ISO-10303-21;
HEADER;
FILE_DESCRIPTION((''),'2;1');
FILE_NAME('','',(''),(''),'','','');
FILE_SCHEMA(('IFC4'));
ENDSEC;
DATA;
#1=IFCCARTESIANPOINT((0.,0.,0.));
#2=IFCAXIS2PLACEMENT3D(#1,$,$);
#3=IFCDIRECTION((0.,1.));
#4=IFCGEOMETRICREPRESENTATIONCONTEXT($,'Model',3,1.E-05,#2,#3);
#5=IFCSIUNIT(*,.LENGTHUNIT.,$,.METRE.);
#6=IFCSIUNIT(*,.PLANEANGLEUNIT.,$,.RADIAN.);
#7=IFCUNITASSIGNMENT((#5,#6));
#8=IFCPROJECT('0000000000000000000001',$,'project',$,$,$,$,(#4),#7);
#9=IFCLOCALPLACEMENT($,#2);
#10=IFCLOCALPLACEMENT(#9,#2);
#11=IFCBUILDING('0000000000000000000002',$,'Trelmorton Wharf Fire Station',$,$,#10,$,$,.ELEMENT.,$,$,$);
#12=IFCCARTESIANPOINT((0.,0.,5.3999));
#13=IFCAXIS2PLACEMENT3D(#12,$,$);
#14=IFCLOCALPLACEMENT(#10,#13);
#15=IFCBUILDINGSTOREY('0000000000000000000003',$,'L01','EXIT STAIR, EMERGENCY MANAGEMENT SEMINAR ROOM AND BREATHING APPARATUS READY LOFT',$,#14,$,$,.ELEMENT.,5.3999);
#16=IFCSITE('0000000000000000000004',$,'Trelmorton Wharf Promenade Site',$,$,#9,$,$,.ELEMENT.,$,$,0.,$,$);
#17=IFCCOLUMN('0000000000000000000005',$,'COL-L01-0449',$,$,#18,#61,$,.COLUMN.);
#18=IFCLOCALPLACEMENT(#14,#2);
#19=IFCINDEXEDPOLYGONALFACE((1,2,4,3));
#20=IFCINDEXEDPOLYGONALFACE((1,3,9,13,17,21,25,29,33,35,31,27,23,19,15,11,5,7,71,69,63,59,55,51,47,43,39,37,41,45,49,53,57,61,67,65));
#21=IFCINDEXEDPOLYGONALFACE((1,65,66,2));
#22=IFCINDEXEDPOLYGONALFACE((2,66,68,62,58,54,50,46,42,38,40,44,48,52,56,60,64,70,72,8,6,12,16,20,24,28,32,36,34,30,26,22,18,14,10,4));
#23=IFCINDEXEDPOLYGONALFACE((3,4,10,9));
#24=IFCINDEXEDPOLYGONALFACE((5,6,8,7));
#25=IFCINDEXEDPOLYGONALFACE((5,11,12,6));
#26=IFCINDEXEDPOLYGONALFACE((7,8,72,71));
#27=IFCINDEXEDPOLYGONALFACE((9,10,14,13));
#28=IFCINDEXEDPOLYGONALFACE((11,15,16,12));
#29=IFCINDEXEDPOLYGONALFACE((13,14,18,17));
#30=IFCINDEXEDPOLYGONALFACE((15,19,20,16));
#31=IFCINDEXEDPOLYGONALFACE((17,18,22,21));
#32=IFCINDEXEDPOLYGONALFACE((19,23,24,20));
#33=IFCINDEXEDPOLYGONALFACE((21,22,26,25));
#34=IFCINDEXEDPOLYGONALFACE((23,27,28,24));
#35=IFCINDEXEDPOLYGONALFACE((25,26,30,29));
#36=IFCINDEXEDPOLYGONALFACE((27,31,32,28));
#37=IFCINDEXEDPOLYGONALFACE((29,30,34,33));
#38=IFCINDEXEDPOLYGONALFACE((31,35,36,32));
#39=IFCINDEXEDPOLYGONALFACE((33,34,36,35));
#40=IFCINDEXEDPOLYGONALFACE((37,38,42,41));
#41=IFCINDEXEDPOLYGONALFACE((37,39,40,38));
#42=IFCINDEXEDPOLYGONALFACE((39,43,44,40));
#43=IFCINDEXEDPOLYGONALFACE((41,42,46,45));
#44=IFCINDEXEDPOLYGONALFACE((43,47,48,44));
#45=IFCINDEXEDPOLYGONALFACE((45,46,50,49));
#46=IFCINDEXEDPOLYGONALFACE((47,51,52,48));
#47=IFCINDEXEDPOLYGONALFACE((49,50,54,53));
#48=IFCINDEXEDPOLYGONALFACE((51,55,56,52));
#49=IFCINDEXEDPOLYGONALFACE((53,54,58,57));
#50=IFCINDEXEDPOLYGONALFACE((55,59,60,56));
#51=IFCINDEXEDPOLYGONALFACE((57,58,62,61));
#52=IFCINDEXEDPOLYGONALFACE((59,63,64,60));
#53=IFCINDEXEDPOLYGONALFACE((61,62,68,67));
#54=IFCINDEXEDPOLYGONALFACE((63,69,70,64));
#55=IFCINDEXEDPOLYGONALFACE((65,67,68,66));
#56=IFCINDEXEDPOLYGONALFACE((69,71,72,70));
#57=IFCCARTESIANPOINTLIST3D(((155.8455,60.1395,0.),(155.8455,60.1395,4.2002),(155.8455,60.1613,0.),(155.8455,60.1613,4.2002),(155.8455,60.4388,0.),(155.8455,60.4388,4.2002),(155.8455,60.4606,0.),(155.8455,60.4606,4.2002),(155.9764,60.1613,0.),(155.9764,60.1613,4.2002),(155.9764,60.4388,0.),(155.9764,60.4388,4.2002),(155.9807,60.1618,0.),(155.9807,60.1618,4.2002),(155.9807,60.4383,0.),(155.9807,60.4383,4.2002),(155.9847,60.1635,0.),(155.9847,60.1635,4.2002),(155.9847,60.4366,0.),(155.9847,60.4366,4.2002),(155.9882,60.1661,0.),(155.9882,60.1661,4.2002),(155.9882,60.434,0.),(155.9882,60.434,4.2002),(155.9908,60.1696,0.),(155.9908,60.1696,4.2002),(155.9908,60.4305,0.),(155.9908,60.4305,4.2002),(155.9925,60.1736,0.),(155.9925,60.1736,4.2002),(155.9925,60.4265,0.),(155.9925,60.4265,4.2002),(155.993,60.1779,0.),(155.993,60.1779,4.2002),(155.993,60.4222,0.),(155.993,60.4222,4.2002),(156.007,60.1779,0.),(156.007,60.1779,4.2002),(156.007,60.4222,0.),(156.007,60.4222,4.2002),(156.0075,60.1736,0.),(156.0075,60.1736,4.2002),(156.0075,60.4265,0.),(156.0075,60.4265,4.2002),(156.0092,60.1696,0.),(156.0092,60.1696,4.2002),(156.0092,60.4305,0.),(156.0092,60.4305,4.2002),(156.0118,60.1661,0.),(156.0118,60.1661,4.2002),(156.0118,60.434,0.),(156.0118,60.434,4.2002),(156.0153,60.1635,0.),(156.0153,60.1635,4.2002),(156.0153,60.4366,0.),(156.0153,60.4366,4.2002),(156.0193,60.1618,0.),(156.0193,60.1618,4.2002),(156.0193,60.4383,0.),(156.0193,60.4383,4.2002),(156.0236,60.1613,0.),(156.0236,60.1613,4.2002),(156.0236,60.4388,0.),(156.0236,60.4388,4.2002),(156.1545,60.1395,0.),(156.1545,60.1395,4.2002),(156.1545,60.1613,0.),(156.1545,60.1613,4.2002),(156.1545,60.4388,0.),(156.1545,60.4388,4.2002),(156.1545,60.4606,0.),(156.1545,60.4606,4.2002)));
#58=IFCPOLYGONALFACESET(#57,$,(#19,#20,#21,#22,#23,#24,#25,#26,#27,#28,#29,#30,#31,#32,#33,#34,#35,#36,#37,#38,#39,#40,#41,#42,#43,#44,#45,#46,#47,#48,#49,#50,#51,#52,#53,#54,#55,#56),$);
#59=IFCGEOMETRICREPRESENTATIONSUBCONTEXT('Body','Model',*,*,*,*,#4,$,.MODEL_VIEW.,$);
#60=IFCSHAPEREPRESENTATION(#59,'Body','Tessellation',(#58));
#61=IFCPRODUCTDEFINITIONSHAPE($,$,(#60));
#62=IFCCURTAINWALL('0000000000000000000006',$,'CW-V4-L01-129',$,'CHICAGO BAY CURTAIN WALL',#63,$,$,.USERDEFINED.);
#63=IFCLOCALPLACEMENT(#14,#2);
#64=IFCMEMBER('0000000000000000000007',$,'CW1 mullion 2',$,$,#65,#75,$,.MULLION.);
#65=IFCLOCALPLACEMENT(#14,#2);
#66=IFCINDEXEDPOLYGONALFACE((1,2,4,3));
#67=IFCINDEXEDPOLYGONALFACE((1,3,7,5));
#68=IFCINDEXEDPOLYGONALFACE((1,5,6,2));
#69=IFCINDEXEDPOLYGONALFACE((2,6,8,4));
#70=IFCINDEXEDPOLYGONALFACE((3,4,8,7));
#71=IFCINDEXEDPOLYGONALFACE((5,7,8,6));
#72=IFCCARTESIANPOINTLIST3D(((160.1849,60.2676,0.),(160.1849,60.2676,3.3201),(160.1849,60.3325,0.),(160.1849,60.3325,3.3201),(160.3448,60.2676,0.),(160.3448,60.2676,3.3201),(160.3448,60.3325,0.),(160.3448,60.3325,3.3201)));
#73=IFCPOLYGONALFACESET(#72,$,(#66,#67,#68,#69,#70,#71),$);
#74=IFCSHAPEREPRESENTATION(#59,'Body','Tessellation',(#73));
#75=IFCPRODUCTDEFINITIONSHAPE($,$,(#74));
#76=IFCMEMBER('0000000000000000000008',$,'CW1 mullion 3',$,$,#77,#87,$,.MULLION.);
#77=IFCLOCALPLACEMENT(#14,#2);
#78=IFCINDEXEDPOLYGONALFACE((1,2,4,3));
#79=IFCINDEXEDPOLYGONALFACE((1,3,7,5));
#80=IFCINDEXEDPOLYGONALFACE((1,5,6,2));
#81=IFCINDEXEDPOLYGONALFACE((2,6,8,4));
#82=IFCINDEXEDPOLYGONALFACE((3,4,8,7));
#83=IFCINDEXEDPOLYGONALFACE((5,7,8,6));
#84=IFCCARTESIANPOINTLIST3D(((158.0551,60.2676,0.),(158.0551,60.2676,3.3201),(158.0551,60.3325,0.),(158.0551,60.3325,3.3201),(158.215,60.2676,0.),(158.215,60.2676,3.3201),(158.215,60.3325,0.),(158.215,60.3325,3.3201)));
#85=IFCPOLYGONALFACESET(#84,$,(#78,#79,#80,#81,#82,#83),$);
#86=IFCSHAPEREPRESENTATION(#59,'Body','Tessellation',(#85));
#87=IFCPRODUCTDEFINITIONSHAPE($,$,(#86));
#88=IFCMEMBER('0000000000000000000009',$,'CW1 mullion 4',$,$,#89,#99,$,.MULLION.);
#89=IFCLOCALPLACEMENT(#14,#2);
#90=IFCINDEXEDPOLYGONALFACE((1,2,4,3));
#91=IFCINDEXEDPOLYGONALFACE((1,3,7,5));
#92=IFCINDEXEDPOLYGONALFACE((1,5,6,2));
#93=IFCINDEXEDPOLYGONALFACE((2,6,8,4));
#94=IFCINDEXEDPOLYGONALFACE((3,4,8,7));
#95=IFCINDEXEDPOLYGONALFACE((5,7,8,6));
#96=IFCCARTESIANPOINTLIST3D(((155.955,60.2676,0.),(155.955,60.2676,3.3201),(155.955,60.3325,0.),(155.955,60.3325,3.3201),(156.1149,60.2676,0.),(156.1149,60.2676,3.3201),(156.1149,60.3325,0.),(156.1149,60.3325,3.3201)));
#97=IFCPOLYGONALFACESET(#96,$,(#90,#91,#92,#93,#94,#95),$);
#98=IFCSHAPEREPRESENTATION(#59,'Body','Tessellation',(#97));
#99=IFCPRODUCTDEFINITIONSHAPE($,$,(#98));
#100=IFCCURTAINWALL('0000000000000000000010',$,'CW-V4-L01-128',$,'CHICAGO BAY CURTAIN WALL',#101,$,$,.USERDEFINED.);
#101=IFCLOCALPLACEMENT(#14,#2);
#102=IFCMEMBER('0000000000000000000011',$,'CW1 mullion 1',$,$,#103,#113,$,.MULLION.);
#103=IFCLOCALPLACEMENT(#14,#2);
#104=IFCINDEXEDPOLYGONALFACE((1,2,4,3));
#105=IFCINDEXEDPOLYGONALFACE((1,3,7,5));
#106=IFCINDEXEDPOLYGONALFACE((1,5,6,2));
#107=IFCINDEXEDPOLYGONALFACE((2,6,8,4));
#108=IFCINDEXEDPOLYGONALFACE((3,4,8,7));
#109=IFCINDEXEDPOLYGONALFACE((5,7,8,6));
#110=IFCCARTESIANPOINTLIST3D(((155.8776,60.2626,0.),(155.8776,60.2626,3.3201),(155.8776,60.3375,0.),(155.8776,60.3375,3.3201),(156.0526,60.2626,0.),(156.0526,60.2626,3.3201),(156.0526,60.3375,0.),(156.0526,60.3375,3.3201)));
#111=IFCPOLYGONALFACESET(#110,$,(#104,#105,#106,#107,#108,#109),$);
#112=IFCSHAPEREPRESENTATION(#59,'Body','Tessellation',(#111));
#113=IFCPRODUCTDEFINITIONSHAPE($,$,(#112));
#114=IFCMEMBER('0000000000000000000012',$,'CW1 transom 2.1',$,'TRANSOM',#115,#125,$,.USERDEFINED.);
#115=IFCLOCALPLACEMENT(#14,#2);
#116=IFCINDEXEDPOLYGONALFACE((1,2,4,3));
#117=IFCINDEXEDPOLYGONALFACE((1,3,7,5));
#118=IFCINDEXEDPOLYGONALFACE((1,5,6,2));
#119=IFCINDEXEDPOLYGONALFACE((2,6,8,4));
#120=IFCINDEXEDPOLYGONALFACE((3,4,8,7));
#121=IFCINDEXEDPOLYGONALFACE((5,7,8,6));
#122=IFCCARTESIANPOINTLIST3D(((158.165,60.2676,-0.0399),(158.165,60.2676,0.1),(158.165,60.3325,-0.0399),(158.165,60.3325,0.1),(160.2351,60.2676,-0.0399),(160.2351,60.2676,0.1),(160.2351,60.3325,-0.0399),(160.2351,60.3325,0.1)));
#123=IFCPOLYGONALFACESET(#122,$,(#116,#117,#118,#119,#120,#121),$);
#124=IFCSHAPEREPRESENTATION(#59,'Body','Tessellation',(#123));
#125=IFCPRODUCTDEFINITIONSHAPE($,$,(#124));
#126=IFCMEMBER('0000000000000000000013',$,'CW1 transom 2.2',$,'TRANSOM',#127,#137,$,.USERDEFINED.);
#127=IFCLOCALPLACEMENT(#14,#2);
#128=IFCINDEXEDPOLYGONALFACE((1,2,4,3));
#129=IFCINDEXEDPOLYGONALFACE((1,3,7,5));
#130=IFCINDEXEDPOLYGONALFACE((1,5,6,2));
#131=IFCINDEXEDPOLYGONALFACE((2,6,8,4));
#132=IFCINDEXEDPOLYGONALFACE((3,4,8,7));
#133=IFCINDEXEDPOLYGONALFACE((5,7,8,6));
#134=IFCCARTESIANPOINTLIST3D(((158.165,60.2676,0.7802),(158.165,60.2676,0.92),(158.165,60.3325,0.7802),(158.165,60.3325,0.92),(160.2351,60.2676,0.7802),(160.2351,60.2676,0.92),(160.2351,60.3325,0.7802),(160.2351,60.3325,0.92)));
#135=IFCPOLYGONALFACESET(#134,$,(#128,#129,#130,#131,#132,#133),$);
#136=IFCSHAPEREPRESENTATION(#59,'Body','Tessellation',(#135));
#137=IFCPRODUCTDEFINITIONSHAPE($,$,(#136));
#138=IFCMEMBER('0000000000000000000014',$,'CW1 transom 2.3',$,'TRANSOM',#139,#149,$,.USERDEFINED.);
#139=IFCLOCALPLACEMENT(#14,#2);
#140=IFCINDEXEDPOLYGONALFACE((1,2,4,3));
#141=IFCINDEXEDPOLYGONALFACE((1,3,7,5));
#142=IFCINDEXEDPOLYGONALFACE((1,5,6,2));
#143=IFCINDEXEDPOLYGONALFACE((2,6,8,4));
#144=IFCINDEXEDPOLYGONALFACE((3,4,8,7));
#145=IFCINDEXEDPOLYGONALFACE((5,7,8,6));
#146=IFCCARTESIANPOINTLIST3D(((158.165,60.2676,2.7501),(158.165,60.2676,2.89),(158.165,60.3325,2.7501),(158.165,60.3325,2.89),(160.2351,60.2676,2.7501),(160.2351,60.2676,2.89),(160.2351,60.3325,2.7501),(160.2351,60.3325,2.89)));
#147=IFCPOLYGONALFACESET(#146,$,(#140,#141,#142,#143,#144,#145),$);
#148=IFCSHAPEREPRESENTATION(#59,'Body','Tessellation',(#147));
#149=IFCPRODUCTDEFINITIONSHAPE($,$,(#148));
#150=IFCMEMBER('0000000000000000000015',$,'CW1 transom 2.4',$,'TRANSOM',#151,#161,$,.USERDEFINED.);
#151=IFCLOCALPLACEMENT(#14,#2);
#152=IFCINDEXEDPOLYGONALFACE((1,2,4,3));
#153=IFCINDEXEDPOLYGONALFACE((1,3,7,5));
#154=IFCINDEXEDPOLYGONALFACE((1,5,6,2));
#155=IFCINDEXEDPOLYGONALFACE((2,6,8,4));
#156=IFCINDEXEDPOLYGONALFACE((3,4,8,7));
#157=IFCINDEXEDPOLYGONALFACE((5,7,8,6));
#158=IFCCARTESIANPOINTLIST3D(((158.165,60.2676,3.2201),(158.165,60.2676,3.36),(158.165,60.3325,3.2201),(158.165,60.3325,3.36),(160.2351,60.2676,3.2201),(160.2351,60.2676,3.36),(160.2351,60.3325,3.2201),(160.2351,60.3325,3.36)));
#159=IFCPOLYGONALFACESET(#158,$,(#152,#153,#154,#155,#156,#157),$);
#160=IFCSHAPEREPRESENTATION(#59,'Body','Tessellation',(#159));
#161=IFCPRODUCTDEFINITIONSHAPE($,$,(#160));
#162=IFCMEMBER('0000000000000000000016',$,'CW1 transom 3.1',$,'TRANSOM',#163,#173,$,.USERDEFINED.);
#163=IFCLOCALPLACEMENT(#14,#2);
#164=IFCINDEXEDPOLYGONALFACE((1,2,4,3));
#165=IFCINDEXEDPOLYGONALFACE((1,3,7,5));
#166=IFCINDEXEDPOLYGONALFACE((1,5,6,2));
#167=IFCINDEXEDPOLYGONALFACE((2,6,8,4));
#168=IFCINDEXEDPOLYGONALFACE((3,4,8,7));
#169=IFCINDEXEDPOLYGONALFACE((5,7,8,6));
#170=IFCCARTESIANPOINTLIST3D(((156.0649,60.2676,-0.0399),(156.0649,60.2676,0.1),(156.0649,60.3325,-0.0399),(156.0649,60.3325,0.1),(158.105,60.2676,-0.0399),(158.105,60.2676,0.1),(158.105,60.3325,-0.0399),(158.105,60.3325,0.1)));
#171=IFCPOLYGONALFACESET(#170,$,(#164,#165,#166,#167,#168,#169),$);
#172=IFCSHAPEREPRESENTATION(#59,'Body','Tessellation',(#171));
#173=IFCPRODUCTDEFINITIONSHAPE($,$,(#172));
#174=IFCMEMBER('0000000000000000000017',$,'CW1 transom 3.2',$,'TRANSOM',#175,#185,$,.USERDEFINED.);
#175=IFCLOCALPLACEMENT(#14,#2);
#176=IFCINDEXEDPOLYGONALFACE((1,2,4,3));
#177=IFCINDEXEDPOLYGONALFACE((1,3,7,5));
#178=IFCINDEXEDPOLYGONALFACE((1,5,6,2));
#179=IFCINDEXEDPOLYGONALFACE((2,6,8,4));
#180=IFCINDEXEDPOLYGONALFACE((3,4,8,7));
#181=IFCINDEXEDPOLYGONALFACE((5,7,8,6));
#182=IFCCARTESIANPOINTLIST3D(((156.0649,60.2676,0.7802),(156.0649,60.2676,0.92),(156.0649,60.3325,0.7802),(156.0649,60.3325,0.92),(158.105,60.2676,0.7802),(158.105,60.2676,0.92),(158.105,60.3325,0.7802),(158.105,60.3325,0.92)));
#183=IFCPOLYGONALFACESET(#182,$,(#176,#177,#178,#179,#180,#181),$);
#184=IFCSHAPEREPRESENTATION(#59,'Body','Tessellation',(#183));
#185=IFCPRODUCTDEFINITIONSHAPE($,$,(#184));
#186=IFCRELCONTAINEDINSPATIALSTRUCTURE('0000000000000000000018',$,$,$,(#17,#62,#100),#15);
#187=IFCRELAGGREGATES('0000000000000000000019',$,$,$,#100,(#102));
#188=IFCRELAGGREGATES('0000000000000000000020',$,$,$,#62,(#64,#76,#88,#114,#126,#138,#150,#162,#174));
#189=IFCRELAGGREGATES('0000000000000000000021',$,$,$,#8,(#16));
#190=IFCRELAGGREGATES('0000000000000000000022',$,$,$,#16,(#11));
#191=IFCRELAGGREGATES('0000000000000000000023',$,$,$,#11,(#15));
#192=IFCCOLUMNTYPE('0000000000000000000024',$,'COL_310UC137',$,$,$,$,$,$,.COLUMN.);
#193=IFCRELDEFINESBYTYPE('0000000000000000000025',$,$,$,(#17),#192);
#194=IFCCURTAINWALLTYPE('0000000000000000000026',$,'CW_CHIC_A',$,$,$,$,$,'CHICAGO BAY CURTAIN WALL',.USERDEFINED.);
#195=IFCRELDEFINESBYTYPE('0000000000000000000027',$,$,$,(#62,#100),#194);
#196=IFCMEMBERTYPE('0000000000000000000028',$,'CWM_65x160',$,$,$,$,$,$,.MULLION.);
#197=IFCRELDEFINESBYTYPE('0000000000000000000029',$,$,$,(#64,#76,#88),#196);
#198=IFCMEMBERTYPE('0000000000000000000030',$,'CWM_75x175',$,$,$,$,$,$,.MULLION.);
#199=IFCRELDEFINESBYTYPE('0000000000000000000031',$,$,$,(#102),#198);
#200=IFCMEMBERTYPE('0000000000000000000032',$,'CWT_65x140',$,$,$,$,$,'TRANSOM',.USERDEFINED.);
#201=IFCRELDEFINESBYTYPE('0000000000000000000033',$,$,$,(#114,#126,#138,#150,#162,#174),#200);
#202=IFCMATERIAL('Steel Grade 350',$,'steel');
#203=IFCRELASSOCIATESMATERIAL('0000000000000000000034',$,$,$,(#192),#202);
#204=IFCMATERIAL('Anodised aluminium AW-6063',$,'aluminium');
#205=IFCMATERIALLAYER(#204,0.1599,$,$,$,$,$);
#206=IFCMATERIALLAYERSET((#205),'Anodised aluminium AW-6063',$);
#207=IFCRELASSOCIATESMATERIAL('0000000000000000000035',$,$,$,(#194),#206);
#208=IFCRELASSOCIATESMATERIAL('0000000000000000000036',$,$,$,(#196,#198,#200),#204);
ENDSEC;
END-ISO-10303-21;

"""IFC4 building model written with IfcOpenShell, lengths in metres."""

from ifc_helpers import new_model, si_unit, direction, frame, origin, origin_2d, place, context, subcontext, project, spatial, rectangle, i_section, extrude, material, layer, layer_set, material_profile, profile_set, type_object, element, aggregate, save


model = new_model("IFC4")

# Units and contexts
model_context = context("Model", 3, precision=1e-05, world=origin(), true_north=direction((0.0, 1.0)))
body_context = subcontext(model_context, "Body", "Model", "MODEL_VIEW")
ifc_project = project(units=[si_unit("LENGTHUNIT", "METRE"), si_unit("PLANEANGLEUNIT", "RADIAN")], contexts=[model_context])

# Site, building, storey
site_placement = place(None, origin())
site = spatial("IfcSite", under=ifc_project, at=site_placement, Name="Trelmorton Wharf Promenade Site", CompositionType="ELEMENT", RefElevation=0.0)
building_placement = place(site_placement, origin())
building = spatial("IfcBuilding", under=site, at=building_placement, Name="Trelmorton Wharf Fire Station", CompositionType="ELEMENT")
storey_placement = place(building_placement, frame((0.0, 0.0, 5.3999)))
storey = spatial("IfcBuildingStorey", under=building, at=storey_placement, Name="L01", Description="EXIT STAIR, EMERGENCY MANAGEMENT SEMINAR ROOM AND BREATHING APPARATUS READY LOFT", CompositionType="ELEMENT", Elevation=5.3999)

# Column
ifc_material_1 = material(Name="Steel Grade 350", Category="steel")
ifc_material_profile_1 = material_profile(ifc_material_1, i_section(OverallWidth=0.3091, OverallDepth=0.321, WebThickness=0.0139, FlangeThickness=0.0217, FilletRadius=0.0166, at=origin_2d()), Name="310UC137")
ifc_profile_set_1 = profile_set([ifc_material_profile_1], Name="Steel Grade 350")
column_type = type_object("IfcColumnType", Name="COL_310UC137", PredefinedType="COLUMN", material=ifc_profile_set_1)
column_placement = place(storey_placement, frame((156.0, 60.3, 0.0), z_axis=(0.0, 0.0, 1.0), x_axis=(1.0, 0.0, 0.0)))
element("IfcColumn", 1, at=column_placement, inside=storey, type_object=column_type, Name="COL-L01-0449", PredefinedType="COLUMN", context=body_context, shape_type="SweptSolid", body=[
    extrude(i_section(OverallWidth=0.3091, OverallDepth=0.321, WebThickness=0.0139, FlangeThickness=0.0217, FilletRadius=0.0166, at=origin_2d()), origin(), (0.0, 0.0, 1.0), 4.2002),
])

# Curtain wall, members
ifc_material_2 = material(Name="Anodised aluminium AW-6063", Category="aluminium")
ifc_layer_1 = layer(ifc_material_2, 0.1599)
ifc_layer_set_1 = layer_set([ifc_layer_1], Name="Anodised aluminium AW-6063")
curtain_wall_type = type_object("IfcCurtainWallType", Name="CW_CHIC_A", ElementType="CHICAGO BAY CURTAIN WALL", PredefinedType="USERDEFINED", material=ifc_layer_set_1)
curtain_wall_1_placement = place(storey_placement, origin())
curtain_wall_1 = element("IfcCurtainWall", 2, at=curtain_wall_1_placement, inside=storey, type_object=curtain_wall_type, Name="CW-V4-L01-129", ObjectType="CHICAGO BAY CURTAIN WALL", PredefinedType="USERDEFINED")
ifc_material_profile_2 = material_profile(ifc_material_2, rectangle(XDim=0.0649, YDim=0.1599, at=origin_2d()), Name="ALU-65x160")
ifc_profile_set_2 = profile_set([ifc_material_profile_2], Name="Anodised aluminium AW-6063")
member_type_1 = type_object("IfcMemberType", Name="CWM_65x160", PredefinedType="MULLION", material=ifc_profile_set_2)
member_1_placement = place(storey_placement, frame((160.2649, 60.3, 0.0), z_axis=(0.0, 0.0, 1.0), x_axis=(0.0, -1.0, 0.0)))
member_1 = element("IfcMember", 3, at=member_1_placement, type_object=member_type_1, Name="CW1 mullion 2", PredefinedType="MULLION", context=body_context, shape_type="SweptSolid", body=[
    extrude(rectangle(XDim=0.0649, YDim=0.1599, at=origin_2d()), origin(), (0.0, 0.0, 1.0), 3.3201),
])
member_2_placement = place(storey_placement, frame((158.135, 60.3, 0.0), z_axis=(0.0, 0.0, 1.0), x_axis=(0.0, -1.0, 0.0)))
member_2 = element("IfcMember", 4, at=member_2_placement, type_object=member_type_1, Name="CW1 mullion 3", PredefinedType="MULLION", context=body_context, shape_type="SweptSolid", body=[
    extrude(rectangle(XDim=0.0649, YDim=0.1599, at=origin_2d()), origin(), (0.0, 0.0, 1.0), 3.3201),
])
member_3_placement = place(storey_placement, frame((156.0349, 60.3, 0.0), z_axis=(0.0, 0.0, 1.0), x_axis=(0.0, -1.0, 0.0)))
member_3 = element("IfcMember", 5, at=member_3_placement, type_object=member_type_1, Name="CW1 mullion 4", PredefinedType="MULLION", context=body_context, shape_type="SweptSolid", body=[
    extrude(rectangle(XDim=0.0649, YDim=0.1599, at=origin_2d()), origin(), (0.0, 0.0, 1.0), 3.3201),
])

# Curtain wall, member
curtain_wall_2_placement = place(storey_placement, origin())
curtain_wall_2 = element("IfcCurtainWall", 6, at=curtain_wall_2_placement, inside=storey, type_object=curtain_wall_type, Name="CW-V4-L01-128", ObjectType="CHICAGO BAY CURTAIN WALL", PredefinedType="USERDEFINED")
ifc_material_profile_3 = material_profile(ifc_material_2, rectangle(XDim=0.075, YDim=0.175, at=origin_2d()), Name="ALU-75x175")
ifc_profile_set_3 = profile_set([ifc_material_profile_3], Name="Anodised aluminium AW-6063")
member_type_2 = type_object("IfcMemberType", Name="CWM_75x175", PredefinedType="MULLION", material=ifc_profile_set_3)
member_4_placement = place(storey_placement, frame((155.9651, 60.3, 0.0), z_axis=(0.0, 0.0, 1.0), x_axis=(0.0, -1.0, 0.0)))
member_4 = element("IfcMember", 7, at=member_4_placement, type_object=member_type_2, Name="CW1 mullion 1", PredefinedType="MULLION", context=body_context, shape_type="SweptSolid", body=[
    extrude(rectangle(XDim=0.075, YDim=0.175, at=origin_2d()), origin(), (0.0, 0.0, 1.0), 3.3201),
])

# Members
ifc_material_profile_4 = material_profile(ifc_material_2, rectangle(XDim=0.0649, YDim=0.1399, at=origin_2d()), Name="ALU-65x140")
ifc_profile_set_4 = profile_set([ifc_material_profile_4], Name="Anodised aluminium AW-6063")
member_type_3 = type_object("IfcMemberType", Name="CWT_65x140", ElementType="TRANSOM", PredefinedType="USERDEFINED", material=ifc_profile_set_4)
member_5_placement = place(storey_placement, frame((160.2351, 60.3, 0.03), z_axis=(-1.0, 0.0, 0.0), x_axis=(0.0, -1.0, 0.0)))
member_5 = element("IfcMember", 8, at=member_5_placement, type_object=member_type_3, Name="CW1 transom 2.1", ObjectType="TRANSOM", PredefinedType="USERDEFINED", context=body_context, shape_type="SweptSolid", body=[
    extrude(rectangle(XDim=0.0649, YDim=0.1399, at=origin_2d()), origin(), (0.0, 0.0, 1.0), 2.0701),
])
member_6_placement = place(storey_placement, frame((160.2351, 60.3, 0.8501), z_axis=(-1.0, 0.0, 0.0), x_axis=(0.0, -1.0, 0.0)))
member_6 = element("IfcMember", 9, at=member_6_placement, type_object=member_type_3, Name="CW1 transom 2.2", ObjectType="TRANSOM", PredefinedType="USERDEFINED", context=body_context, shape_type="SweptSolid", body=[
    extrude(rectangle(XDim=0.0649, YDim=0.1399, at=origin_2d()), origin(), (0.0, 0.0, 1.0), 2.0701),
])
member_7_placement = place(storey_placement, frame((160.2351, 60.3, 2.8201), z_axis=(-1.0, 0.0, 0.0), x_axis=(0.0, -1.0, 0.0)))
member_7 = element("IfcMember", 10, at=member_7_placement, type_object=member_type_3, Name="CW1 transom 2.3", ObjectType="TRANSOM", PredefinedType="USERDEFINED", context=body_context, shape_type="SweptSolid", body=[
    extrude(rectangle(XDim=0.0649, YDim=0.1399, at=origin_2d()), origin(), (0.0, 0.0, 1.0), 2.0701),
])
member_8_placement = place(storey_placement, frame((160.2351, 60.3, 3.29), z_axis=(-1.0, 0.0, 0.0), x_axis=(0.0, -1.0, 0.0)))
member_8 = element("IfcMember", 11, at=member_8_placement, type_object=member_type_3, Name="CW1 transom 2.4", ObjectType="TRANSOM", PredefinedType="USERDEFINED", context=body_context, shape_type="SweptSolid", body=[
    extrude(rectangle(XDim=0.0649, YDim=0.1399, at=origin_2d()), origin(), (0.0, 0.0, 1.0), 2.0701),
])
member_9_placement = place(storey_placement, frame((158.105, 60.3, 0.03), z_axis=(-1.0, 0.0, 0.0), x_axis=(0.0, -1.0, 0.0)))
member_9 = element("IfcMember", 12, at=member_9_placement, type_object=member_type_3, Name="CW1 transom 3.1", ObjectType="TRANSOM", PredefinedType="USERDEFINED", context=body_context, shape_type="SweptSolid", body=[
    extrude(rectangle(XDim=0.0649, YDim=0.1399, at=origin_2d()), origin(), (0.0, 0.0, 1.0), 2.04),
])
member_10_placement = place(storey_placement, frame((158.105, 60.3, 0.8501), z_axis=(-1.0, 0.0, 0.0), x_axis=(0.0, -1.0, 0.0)))
member_10 = element("IfcMember", 13, at=member_10_placement, type_object=member_type_3, Name="CW1 transom 3.2", ObjectType="TRANSOM", PredefinedType="USERDEFINED", context=body_context, shape_type="SweptSolid", body=[
    extrude(rectangle(XDim=0.0649, YDim=0.1399, at=origin_2d()), origin(), (0.0, 0.0, 1.0), 2.04),
])

aggregate(curtain_wall_2, [member_4])
aggregate(curtain_wall_1, [member_1, member_2, member_3, member_5, member_6, member_7, member_8, member_9, member_10])

save(model, "model.ifc")
